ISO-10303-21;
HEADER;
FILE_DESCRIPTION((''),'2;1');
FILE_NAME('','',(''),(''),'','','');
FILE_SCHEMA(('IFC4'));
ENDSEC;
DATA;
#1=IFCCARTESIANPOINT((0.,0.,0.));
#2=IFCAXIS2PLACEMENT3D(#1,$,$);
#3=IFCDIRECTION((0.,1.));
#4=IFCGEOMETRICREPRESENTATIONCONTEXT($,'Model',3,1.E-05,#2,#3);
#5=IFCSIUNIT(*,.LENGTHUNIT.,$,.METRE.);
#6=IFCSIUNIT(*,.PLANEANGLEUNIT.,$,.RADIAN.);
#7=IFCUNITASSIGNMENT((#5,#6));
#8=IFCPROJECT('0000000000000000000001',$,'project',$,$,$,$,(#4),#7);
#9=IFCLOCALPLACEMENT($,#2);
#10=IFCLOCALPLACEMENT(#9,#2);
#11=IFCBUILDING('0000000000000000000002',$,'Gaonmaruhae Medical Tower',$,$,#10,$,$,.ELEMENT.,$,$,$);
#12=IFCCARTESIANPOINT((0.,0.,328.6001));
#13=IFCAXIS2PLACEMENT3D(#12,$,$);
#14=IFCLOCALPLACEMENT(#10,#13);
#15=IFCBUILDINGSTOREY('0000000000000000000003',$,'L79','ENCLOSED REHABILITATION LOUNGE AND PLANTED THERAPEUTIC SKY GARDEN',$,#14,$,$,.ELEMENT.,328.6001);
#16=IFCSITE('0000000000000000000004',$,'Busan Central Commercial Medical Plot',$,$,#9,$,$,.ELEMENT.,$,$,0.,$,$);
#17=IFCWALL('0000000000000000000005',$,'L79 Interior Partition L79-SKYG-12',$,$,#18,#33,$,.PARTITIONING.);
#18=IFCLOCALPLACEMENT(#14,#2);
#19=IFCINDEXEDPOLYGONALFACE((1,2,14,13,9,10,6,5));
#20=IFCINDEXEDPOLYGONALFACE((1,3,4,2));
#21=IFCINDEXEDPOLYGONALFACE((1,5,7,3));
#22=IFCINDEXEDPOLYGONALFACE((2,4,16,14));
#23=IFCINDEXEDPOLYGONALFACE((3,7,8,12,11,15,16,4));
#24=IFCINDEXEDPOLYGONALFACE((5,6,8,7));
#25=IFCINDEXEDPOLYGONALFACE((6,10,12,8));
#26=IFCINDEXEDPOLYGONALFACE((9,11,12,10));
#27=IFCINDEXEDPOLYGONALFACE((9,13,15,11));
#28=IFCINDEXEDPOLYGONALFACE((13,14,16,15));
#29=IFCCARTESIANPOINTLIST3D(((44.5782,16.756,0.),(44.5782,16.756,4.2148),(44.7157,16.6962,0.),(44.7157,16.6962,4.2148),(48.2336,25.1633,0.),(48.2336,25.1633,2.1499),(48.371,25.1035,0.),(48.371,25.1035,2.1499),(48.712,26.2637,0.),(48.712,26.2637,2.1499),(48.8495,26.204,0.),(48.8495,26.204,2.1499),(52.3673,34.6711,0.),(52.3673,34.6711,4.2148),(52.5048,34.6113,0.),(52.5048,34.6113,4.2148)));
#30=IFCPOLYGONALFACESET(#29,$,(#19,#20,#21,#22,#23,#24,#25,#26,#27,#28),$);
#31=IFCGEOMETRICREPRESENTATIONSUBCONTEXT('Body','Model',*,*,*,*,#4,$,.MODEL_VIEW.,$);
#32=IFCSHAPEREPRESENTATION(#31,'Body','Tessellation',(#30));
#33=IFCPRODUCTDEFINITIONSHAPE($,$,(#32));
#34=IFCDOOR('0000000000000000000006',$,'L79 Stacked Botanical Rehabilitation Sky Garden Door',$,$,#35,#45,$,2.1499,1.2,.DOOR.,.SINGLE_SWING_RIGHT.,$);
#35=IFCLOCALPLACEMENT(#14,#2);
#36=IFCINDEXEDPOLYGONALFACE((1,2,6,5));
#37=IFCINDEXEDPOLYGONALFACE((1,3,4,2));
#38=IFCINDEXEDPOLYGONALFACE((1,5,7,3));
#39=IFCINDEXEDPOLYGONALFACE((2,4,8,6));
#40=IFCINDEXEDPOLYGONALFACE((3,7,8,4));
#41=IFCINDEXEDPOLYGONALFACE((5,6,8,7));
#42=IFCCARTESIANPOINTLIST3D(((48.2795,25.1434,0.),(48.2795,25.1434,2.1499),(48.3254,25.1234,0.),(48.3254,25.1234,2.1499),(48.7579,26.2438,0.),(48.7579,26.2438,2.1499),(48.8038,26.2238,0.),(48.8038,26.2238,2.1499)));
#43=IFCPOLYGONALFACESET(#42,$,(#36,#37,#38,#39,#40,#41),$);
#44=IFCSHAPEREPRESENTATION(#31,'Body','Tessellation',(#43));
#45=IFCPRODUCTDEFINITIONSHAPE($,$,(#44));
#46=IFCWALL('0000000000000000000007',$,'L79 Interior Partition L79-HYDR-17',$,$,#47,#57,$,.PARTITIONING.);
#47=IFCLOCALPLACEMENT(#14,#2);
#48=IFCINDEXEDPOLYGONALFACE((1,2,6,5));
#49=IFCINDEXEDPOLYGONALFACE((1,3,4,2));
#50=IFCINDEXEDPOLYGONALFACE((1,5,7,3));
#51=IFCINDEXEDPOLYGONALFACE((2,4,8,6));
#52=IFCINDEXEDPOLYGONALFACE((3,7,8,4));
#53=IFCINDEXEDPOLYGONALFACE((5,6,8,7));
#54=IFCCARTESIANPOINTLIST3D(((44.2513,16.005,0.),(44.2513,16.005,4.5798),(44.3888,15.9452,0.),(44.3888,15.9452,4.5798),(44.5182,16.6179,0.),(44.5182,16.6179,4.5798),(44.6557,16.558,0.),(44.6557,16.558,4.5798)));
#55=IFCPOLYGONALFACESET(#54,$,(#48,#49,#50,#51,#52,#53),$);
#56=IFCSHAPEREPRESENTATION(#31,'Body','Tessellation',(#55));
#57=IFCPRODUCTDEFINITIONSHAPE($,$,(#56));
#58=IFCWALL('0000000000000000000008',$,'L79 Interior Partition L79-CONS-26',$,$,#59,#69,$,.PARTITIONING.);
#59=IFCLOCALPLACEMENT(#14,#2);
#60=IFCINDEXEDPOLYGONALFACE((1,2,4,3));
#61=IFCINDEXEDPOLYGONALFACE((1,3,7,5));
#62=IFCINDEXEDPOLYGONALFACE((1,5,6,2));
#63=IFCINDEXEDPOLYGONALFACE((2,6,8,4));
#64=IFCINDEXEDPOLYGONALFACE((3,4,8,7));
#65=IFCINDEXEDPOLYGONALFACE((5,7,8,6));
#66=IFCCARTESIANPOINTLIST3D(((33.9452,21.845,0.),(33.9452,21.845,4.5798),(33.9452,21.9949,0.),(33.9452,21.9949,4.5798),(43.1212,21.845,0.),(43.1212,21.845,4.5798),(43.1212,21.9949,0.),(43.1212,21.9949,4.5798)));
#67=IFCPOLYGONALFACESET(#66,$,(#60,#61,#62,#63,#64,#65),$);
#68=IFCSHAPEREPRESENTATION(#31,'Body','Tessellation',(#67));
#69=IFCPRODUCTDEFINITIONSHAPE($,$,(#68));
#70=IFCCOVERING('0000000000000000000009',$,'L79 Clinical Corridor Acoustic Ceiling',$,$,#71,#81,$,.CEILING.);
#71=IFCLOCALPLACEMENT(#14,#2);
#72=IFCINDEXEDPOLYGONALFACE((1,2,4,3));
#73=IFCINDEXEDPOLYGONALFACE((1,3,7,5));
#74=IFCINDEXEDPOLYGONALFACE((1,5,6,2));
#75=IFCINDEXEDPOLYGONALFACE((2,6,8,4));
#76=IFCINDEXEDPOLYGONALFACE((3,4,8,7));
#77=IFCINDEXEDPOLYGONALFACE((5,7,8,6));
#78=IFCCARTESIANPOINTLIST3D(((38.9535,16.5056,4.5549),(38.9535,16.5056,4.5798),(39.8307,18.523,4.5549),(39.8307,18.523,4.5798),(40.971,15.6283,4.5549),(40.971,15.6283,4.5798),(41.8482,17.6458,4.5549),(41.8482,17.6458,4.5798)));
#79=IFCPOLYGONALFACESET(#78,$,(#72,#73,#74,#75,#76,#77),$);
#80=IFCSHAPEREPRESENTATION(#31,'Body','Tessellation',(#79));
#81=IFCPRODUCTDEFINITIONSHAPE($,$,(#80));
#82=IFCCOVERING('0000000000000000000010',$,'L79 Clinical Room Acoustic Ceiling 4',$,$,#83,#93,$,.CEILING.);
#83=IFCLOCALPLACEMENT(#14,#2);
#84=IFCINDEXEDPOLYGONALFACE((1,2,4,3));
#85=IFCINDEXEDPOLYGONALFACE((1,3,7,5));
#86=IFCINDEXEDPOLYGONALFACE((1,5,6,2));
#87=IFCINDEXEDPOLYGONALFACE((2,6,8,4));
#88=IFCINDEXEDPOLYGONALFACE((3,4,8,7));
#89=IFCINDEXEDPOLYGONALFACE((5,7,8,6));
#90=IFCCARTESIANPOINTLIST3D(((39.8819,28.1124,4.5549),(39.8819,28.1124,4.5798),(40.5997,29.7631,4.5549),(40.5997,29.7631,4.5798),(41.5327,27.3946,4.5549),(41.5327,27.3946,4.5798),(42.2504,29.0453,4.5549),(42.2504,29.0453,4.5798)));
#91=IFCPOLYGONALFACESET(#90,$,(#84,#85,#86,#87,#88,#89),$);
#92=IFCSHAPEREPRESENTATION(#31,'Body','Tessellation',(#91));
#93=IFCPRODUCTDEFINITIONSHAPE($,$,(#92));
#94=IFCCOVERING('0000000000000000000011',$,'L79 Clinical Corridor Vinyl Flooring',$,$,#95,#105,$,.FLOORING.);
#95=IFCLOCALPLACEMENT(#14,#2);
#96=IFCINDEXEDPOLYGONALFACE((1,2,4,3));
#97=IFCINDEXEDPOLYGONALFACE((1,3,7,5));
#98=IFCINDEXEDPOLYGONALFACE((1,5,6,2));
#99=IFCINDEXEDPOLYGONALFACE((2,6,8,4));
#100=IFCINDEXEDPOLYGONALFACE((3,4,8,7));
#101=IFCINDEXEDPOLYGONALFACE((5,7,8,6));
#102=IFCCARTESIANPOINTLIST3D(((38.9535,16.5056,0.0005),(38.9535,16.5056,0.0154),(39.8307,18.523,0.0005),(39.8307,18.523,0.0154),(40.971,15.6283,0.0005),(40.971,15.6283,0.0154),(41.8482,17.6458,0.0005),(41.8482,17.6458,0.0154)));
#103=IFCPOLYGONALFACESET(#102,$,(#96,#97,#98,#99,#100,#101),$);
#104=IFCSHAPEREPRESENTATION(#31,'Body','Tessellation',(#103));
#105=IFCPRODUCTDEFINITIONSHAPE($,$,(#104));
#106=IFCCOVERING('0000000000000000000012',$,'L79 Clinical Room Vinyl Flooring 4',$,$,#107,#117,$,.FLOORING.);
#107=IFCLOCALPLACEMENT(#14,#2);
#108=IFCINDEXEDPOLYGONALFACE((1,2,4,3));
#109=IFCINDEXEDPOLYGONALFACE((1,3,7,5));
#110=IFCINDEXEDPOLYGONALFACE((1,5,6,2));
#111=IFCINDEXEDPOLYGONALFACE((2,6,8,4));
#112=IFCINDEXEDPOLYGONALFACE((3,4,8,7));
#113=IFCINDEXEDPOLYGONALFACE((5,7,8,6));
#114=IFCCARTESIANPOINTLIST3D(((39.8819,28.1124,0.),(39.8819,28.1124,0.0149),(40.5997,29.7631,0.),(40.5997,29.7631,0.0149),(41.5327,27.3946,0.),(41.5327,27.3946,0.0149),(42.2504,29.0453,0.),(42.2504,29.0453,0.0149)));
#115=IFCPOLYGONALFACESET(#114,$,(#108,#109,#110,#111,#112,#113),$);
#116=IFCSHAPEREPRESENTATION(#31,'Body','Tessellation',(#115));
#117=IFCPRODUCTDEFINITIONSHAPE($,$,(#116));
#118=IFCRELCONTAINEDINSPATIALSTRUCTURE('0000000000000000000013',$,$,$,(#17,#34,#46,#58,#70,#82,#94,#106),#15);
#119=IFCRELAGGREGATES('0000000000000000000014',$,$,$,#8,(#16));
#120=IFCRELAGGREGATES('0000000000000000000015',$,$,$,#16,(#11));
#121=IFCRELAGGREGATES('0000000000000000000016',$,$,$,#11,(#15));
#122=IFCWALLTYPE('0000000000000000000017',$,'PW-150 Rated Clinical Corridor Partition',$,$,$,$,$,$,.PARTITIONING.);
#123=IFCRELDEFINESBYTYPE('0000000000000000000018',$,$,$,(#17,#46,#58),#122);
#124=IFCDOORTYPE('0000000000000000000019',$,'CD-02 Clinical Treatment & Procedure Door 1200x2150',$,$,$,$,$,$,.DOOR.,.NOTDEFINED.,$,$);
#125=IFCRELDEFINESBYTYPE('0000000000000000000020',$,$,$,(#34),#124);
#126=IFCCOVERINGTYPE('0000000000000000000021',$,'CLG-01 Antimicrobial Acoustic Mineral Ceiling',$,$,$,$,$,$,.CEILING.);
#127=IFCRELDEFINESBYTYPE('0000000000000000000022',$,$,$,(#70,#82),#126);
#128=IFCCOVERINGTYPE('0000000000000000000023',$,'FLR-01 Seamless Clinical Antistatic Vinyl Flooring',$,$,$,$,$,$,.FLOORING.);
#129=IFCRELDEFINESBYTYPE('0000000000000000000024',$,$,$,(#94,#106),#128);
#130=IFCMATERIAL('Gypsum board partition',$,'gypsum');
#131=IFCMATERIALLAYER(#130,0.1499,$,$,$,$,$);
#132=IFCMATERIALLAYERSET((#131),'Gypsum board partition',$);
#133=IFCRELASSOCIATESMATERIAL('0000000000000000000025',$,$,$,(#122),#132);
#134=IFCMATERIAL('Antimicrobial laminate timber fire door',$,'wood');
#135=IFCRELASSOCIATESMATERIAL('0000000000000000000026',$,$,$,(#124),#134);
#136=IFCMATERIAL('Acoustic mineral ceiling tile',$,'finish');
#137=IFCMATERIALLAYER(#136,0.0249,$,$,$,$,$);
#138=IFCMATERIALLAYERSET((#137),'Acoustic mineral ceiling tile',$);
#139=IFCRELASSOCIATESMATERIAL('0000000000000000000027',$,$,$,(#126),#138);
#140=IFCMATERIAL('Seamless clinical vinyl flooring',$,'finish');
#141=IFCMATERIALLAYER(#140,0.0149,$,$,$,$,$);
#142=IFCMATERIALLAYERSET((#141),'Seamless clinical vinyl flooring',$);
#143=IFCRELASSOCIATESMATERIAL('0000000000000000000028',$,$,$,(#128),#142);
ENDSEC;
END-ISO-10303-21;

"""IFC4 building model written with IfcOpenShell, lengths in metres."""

from ifc_helpers import new_model, si_unit, direction, frame, frame_2d, origin, origin_2d, place, context, subcontext, project, spatial, rectangle, extrude, material, layer, layer_set, type_object, element, fill, save


model = new_model("IFC4")

# Units and contexts
model_context = context("Model", 3, precision=1e-05, world=origin(), true_north=direction((0.0, 1.0)))
body_context = subcontext(model_context, "Body", "Model", "MODEL_VIEW")
ifc_project = project(units=[si_unit("LENGTHUNIT", "METRE"), si_unit("PLANEANGLEUNIT", "RADIAN")], contexts=[model_context])

# Site, building, storey
site_placement = place(None, origin())
site = spatial("IfcSite", under=ifc_project, at=site_placement, Name="Busan Central Commercial Medical Plot", CompositionType="ELEMENT", RefElevation=0.0)
building_placement = place(site_placement, origin())
building = spatial("IfcBuilding", under=site, at=building_placement, Name="Gaonmaruhae Medical Tower", CompositionType="ELEMENT")
storey_placement = place(building_placement, frame((0.0, 0.0, 328.6001)))
storey = spatial("IfcBuildingStorey", under=building, at=storey_placement, Name="L79", Description="ENCLOSED REHABILITATION LOUNGE AND PLANTED THERAPEUTIC SKY GARDEN", CompositionType="ELEMENT", Elevation=328.6001)

# Wall, opening, door
ifc_material_1 = material(Name="Gypsum board partition", Category="gypsum")
ifc_layer_1 = layer(ifc_material_1, 0.1499)
ifc_layer_set_1 = layer_set([ifc_layer_1], Name="Gypsum board partition")
wall_type_1 = type_object("IfcWallType", Name="PW-150 Rated Clinical Corridor Partition", PredefinedType="PARTITIONING", material=ifc_layer_set_1)
wall_1_placement = place(storey_placement, frame((44.647, 16.7261, 0.0), z_axis=(0.0, 0.0, 1.0), x_axis=(0.398722, 0.917072, 0.0)))
wall_1 = element("IfcWall", 1, at=wall_1_placement, inside=storey, type_object=wall_type_1, Name="L79 Interior Partition L79-SKYG-12", PredefinedType="PARTITIONING", context=body_context, shape_type="SweptSolid", body=[
    extrude(rectangle(XDim=19.5352, YDim=0.1499, at=frame_2d((9.7676, 0.0))), origin(), (0.0, 0.0, 1.0), 4.2148),
])
opening_1_placement = place(wall_1_placement, frame((9.1675, 0.0, 0.0)))
opening_1 = element("IfcOpeningElement", 2, at=opening_1_placement, cuts=wall_1, PredefinedType="OPENING", context=body_context, shape_type="SweptSolid", body=[
    extrude(rectangle(XDim=1.2, YDim=2.1499, at=frame_2d((0.6001, 1.075))), frame((0.0, 0.085, 0.0), z_axis=(0.0, -1.0, 0.0), x_axis=(1.0, 0.0, 0.0)), (0.0, 0.0, 1.0), 0.1699),
])
ifc_material_2 = material(Name="Antimicrobial laminate timber fire door", Category="wood")
door_type = type_object("IfcDoorType", Name="CD-02 Clinical Treatment & Procedure Door 1200x2150", OperationType="NOTDEFINED", PredefinedType="DOOR", material=ifc_material_2)
door_placement = place(opening_1_placement, origin())
door = element("IfcDoor", 3, at=door_placement, inside=storey, type_object=door_type, Name="L79 Stacked Botanical Rehabilitation Sky Garden Door", OperationType="SINGLE_SWING_RIGHT", OverallHeight=2.1499, OverallWidth=1.2, PredefinedType="DOOR", context=body_context, shape_type="SweptSolid", body=[
    extrude(rectangle(XDim=1.2, YDim=2.1499, at=frame_2d((0.6001, 1.075))), frame((0.0, 0.0249, 0.0), z_axis=(0.0, -1.0, 0.0), x_axis=(1.0, 0.0, 0.0)), (0.0, 0.0, 1.0), 0.05),
])
fill(opening_1, door)

# Walls
wall_2_placement = place(storey_placement, frame((44.3201, 15.9751, 0.0), z_axis=(0.0, 0.0, 1.0), x_axis=(0.399247, 0.916843, 0.0)))
element("IfcWall", 4, at=wall_2_placement, inside=storey, type_object=wall_type_1, Name="L79 Interior Partition L79-HYDR-17", PredefinedType="PARTITIONING", context=body_context, shape_type="SweptSolid", body=[
    extrude(rectangle(XDim=0.6685, YDim=0.1499, at=frame_2d((0.3342, 0.0))), origin(), (0.0, 0.0, 1.0), 4.5798),
])
wall_3_placement = place(storey_placement, frame((43.1211, 21.9199, 0.0), z_axis=(0.0, 0.0, 1.0), x_axis=(-1.0, 0.0, 0.0)))
element("IfcWall", 5, at=wall_3_placement, inside=storey, type_object=wall_type_1, Name="L79 Interior Partition L79-CONS-26", PredefinedType="PARTITIONING", context=body_context, shape_type="SweptSolid", body=[
    extrude(rectangle(XDim=9.176, YDim=0.1499, at=frame_2d((4.5879, 0.0))), origin(), (0.0, 0.0, 1.0), 4.5798),
])

# Coverings
ifc_material_3 = material(Name="Acoustic mineral ceiling tile", Category="finish")
ifc_layer_2 = layer(ifc_material_3, 0.0249)
ifc_layer_set_2 = layer_set([ifc_layer_2], Name="Acoustic mineral ceiling tile")
covering_type_1 = type_object("IfcCoveringType", Name="CLG-01 Antimicrobial Acoustic Mineral Ceiling", PredefinedType="CEILING", material=ifc_layer_set_2)
covering_1_placement = place(storey_placement, frame((40.4009, 17.0757, 4.5549), z_axis=(0.0, 0.0, 1.0), x_axis=(0.398749, 0.91706, 0.0)))
element("IfcCovering", 6, at=covering_1_placement, inside=storey, type_object=covering_type_1, Name="L79 Clinical Corridor Acoustic Ceiling", PredefinedType="CEILING", context=body_context, shape_type="SweptSolid", body=[
    extrude(rectangle(XDim=2.2, YDim=2.2, at=origin_2d()), origin(), (0.0, 0.0, 1.0), 0.0249),
])
covering_2_placement = place(storey_placement, frame((41.0662, 28.5789, 4.5549), z_axis=(0.0, 0.0, 1.0), x_axis=(0.398749, 0.91706, 0.0)))
element("IfcCovering", 7, at=covering_2_placement, inside=storey, type_object=covering_type_1, Name="L79 Clinical Room Acoustic Ceiling 4", PredefinedType="CEILING", context=body_context, shape_type="SweptSolid", body=[
    extrude(rectangle(XDim=1.8, YDim=1.8, at=origin_2d()), origin(), (0.0, 0.0, 1.0), 0.0249),
])
ifc_material_4 = material(Name="Seamless clinical vinyl flooring", Category="finish")
ifc_layer_3 = layer(ifc_material_4, 0.0149)
ifc_layer_set_3 = layer_set([ifc_layer_3], Name="Seamless clinical vinyl flooring")
covering_type_2 = type_object("IfcCoveringType", Name="FLR-01 Seamless Clinical Antistatic Vinyl Flooring", PredefinedType="FLOORING", material=ifc_layer_set_3)
covering_3_placement = place(storey_placement, frame((40.4009, 17.0757, 0.0005), z_axis=(0.0, 0.0, 1.0), x_axis=(0.398749, 0.91706, 0.0)))
element("IfcCovering", 8, at=covering_3_placement, inside=storey, type_object=covering_type_2, Name="L79 Clinical Corridor Vinyl Flooring", PredefinedType="FLOORING", context=body_context, shape_type="SweptSolid", body=[
    extrude(rectangle(XDim=2.2, YDim=2.2, at=origin_2d()), origin(), (0.0, 0.0, 1.0), 0.0149),
])
covering_4_placement = place(storey_placement, frame((41.0662, 28.5789, 0.0), z_axis=(0.0, 0.0, 1.0), x_axis=(0.398749, 0.91706, 0.0)))
element("IfcCovering", 9, at=covering_4_placement, inside=storey, type_object=covering_type_2, Name="L79 Clinical Room Vinyl Flooring 4", PredefinedType="FLOORING", context=body_context, shape_type="SweptSolid", body=[
    extrude(rectangle(XDim=1.8, YDim=1.8, at=origin_2d()), origin(), (0.0, 0.0, 1.0), 0.0149),
])

save(model, "model.ifc")
